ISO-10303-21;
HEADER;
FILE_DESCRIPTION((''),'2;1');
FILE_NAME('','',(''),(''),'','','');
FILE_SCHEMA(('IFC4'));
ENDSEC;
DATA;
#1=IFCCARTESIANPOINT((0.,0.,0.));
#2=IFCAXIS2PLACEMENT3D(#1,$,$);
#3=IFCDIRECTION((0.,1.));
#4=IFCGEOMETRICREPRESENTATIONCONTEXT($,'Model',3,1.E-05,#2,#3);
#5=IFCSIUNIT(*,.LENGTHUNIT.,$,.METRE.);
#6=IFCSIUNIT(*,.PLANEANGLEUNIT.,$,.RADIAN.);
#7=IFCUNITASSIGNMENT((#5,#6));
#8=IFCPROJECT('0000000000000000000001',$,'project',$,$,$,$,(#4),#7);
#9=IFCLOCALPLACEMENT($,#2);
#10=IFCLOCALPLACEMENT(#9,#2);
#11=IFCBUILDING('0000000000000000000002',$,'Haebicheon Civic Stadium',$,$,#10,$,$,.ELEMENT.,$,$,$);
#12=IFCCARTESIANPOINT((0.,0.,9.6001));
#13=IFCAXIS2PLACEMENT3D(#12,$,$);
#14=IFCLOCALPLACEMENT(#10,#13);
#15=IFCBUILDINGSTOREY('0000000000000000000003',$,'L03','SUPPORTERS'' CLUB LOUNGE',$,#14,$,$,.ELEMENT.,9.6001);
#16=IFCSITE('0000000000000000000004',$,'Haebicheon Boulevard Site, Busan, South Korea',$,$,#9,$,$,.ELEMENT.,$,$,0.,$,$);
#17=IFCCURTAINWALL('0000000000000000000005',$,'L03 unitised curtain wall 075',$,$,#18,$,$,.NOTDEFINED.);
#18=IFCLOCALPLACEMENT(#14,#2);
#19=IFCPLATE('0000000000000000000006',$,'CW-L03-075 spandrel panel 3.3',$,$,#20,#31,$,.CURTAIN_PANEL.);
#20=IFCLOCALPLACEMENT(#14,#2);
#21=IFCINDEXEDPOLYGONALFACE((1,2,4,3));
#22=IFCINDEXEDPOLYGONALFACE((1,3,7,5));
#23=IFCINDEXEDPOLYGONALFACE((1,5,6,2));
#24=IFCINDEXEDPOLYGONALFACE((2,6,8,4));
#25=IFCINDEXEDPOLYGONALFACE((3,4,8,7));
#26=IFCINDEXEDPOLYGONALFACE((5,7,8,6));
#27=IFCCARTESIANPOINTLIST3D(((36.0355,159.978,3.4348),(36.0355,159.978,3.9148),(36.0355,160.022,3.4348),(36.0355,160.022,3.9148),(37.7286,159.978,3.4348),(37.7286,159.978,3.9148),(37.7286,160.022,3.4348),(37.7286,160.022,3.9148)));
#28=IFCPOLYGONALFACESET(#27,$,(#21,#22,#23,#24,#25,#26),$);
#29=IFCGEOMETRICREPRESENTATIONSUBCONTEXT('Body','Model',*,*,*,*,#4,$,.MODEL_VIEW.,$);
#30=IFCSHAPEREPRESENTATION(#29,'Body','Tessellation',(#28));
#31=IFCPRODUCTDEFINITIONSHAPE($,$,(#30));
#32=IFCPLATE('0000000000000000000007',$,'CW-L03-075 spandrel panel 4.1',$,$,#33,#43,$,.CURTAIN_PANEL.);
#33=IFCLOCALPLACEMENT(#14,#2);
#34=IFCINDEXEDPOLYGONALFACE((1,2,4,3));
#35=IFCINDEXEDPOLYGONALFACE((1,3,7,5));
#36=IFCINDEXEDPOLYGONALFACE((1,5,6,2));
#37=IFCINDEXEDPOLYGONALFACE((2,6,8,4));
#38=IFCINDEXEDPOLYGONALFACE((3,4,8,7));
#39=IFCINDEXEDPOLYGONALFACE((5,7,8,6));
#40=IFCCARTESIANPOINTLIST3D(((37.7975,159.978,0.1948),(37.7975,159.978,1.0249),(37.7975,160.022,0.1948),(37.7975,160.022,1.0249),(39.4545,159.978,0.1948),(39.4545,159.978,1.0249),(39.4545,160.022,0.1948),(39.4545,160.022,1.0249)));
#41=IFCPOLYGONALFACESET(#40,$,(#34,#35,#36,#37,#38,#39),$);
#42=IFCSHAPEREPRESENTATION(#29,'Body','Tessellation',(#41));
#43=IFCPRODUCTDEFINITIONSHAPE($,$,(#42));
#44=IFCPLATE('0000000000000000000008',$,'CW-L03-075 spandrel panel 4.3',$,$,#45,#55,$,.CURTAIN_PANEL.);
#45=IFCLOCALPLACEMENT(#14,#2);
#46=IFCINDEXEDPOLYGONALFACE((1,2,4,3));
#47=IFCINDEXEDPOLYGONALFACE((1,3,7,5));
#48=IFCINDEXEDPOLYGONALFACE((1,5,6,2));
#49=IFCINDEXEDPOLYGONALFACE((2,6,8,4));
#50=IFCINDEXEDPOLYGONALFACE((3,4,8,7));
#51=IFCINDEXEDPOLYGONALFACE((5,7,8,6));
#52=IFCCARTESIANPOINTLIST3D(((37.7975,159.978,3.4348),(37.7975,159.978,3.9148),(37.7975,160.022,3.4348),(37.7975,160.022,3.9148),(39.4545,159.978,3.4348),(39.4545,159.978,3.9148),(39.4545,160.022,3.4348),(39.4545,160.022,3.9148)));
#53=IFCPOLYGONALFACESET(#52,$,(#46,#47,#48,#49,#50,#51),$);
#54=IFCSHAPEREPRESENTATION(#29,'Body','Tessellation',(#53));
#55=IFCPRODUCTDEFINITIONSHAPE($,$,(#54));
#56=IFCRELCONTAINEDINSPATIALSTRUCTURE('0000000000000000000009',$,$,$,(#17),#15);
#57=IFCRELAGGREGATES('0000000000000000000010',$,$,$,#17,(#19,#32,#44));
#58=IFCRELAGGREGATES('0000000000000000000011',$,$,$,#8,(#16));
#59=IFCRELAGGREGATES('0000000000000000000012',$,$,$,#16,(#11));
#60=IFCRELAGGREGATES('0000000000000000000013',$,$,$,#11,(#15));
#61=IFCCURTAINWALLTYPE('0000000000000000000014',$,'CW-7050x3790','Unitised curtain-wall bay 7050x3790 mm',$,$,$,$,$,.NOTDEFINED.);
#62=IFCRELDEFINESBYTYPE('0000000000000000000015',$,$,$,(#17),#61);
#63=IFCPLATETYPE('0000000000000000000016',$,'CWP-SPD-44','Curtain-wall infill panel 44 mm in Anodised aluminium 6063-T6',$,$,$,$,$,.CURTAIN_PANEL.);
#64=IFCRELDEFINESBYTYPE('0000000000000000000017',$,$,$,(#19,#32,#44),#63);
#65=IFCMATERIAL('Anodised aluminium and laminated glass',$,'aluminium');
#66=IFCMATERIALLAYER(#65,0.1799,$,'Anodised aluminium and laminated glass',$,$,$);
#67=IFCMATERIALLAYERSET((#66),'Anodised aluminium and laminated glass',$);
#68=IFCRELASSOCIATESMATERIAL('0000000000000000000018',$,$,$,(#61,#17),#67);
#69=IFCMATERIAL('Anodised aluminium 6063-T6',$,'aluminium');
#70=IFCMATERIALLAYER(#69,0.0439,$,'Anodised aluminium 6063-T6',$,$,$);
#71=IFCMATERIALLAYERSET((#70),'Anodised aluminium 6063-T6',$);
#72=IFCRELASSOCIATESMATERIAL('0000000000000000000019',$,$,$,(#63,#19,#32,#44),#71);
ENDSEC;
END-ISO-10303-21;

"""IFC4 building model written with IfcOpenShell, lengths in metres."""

from ifc_helpers import new_model, si_unit, direction, frame, origin, origin_2d, place, context, subcontext, project, spatial, rectangle, extrude, material, layer, layer_set, type_object, element, aggregate, save


model = new_model("IFC4")

# Units and contexts
model_context = context("Model", 3, precision=1e-05, world=origin(), true_north=direction((0.0, 1.0)))
body_context = subcontext(model_context, "Body", "Model", "MODEL_VIEW")
ifc_project = project(units=[si_unit("LENGTHUNIT", "METRE"), si_unit("PLANEANGLEUNIT", "RADIAN")], contexts=[model_context])

# Site, building, storey
site_placement = place(None, origin())
site = spatial("IfcSite", under=ifc_project, at=site_placement, Name="Haebicheon Boulevard Site, Busan, South Korea", CompositionType="ELEMENT", RefElevation=0.0)
building_placement = place(site_placement, origin())
building = spatial("IfcBuilding", under=site, at=building_placement, Name="Haebicheon Civic Stadium", CompositionType="ELEMENT")
storey_placement = place(building_placement, frame((0.0, 0.0, 9.6001)))
storey = spatial("IfcBuildingStorey", under=building, at=storey_placement, Name="L03", Description="SUPPORTERS' CLUB LOUNGE", CompositionType="ELEMENT", Elevation=9.6001)

# Curtain wall, plates
ifc_material_1 = material(Name="Anodised aluminium and laminated glass", Category="aluminium")
ifc_layer_1 = layer(ifc_material_1, 0.1799, Name="Anodised aluminium and laminated glass")
ifc_layer_set_1 = layer_set([ifc_layer_1], Name="Anodised aluminium and laminated glass")
curtain_wall_type = type_object("IfcCurtainWallType", Name="CW-7050x3790", Description="Unitised curtain-wall bay 7050x3790 mm", PredefinedType="NOTDEFINED", material=ifc_layer_set_1)
curtain_wall_placement = place(storey_placement, origin())
curtain_wall = element("IfcCurtainWall", 1, at=curtain_wall_placement, inside=storey, type_object=curtain_wall_type, material=ifc_layer_set_1, Name="L03 unitised curtain wall 075", PredefinedType="NOTDEFINED")
ifc_material_2 = material(Name="Anodised aluminium 6063-T6", Category="aluminium")
ifc_layer_2 = layer(ifc_material_2, 0.0439, Name="Anodised aluminium 6063-T6")
ifc_layer_set_2 = layer_set([ifc_layer_2], Name="Anodised aluminium 6063-T6")
plate_type_1 = type_object("IfcPlateType", Name="CWP-SPD-44", Description="Curtain-wall infill panel 44 mm in Anodised aluminium 6063-T6", PredefinedType="CURTAIN_PANEL", material=ifc_layer_set_2)
plate_1_placement = place(storey_placement, frame((36.8821, 160.0, 3.4348), z_axis=(0.0, 0.0, 1.0), x_axis=(1.0, 0.0, 0.0)))
plate_1 = element("IfcPlate", 2, at=plate_1_placement, type_object=plate_type_1, material=ifc_layer_set_2, Name="CW-L03-075 spandrel panel 3.3", PredefinedType="CURTAIN_PANEL", context=body_context, shape_type="SweptSolid", body=[
    extrude(rectangle(XDim=1.6931, YDim=0.0439, at=origin_2d()), origin(), (0.0, 0.0, 1.0), 0.48),
])
plate_2_placement = place(storey_placement, frame((38.626, 160.0, 0.1948), z_axis=(0.0, 0.0, 1.0), x_axis=(1.0, 0.0, 0.0)))
plate_2 = element("IfcPlate", 3, at=plate_2_placement, type_object=plate_type_1, material=ifc_layer_set_2, Name="CW-L03-075 spandrel panel 4.1", PredefinedType="CURTAIN_PANEL", context=body_context, shape_type="SweptSolid", body=[
    extrude(rectangle(XDim=1.657, YDim=0.0439, at=origin_2d()), origin(), (0.0, 0.0, 1.0), 0.8301),
])
plate_3_placement = place(storey_placement, frame((38.626, 160.0, 3.4348), z_axis=(0.0, 0.0, 1.0), x_axis=(1.0, 0.0, 0.0)))
plate_3 = element("IfcPlate", 4, at=plate_3_placement, type_object=plate_type_1, material=ifc_layer_set_2, Name="CW-L03-075 spandrel panel 4.3", PredefinedType="CURTAIN_PANEL", context=body_context, shape_type="SweptSolid", body=[
    extrude(rectangle(XDim=1.657, YDim=0.0439, at=origin_2d()), origin(), (0.0, 0.0, 1.0), 0.48),
])
aggregate(curtain_wall, [plate_1, plate_2, plate_3])

save(model, "model.ifc")
